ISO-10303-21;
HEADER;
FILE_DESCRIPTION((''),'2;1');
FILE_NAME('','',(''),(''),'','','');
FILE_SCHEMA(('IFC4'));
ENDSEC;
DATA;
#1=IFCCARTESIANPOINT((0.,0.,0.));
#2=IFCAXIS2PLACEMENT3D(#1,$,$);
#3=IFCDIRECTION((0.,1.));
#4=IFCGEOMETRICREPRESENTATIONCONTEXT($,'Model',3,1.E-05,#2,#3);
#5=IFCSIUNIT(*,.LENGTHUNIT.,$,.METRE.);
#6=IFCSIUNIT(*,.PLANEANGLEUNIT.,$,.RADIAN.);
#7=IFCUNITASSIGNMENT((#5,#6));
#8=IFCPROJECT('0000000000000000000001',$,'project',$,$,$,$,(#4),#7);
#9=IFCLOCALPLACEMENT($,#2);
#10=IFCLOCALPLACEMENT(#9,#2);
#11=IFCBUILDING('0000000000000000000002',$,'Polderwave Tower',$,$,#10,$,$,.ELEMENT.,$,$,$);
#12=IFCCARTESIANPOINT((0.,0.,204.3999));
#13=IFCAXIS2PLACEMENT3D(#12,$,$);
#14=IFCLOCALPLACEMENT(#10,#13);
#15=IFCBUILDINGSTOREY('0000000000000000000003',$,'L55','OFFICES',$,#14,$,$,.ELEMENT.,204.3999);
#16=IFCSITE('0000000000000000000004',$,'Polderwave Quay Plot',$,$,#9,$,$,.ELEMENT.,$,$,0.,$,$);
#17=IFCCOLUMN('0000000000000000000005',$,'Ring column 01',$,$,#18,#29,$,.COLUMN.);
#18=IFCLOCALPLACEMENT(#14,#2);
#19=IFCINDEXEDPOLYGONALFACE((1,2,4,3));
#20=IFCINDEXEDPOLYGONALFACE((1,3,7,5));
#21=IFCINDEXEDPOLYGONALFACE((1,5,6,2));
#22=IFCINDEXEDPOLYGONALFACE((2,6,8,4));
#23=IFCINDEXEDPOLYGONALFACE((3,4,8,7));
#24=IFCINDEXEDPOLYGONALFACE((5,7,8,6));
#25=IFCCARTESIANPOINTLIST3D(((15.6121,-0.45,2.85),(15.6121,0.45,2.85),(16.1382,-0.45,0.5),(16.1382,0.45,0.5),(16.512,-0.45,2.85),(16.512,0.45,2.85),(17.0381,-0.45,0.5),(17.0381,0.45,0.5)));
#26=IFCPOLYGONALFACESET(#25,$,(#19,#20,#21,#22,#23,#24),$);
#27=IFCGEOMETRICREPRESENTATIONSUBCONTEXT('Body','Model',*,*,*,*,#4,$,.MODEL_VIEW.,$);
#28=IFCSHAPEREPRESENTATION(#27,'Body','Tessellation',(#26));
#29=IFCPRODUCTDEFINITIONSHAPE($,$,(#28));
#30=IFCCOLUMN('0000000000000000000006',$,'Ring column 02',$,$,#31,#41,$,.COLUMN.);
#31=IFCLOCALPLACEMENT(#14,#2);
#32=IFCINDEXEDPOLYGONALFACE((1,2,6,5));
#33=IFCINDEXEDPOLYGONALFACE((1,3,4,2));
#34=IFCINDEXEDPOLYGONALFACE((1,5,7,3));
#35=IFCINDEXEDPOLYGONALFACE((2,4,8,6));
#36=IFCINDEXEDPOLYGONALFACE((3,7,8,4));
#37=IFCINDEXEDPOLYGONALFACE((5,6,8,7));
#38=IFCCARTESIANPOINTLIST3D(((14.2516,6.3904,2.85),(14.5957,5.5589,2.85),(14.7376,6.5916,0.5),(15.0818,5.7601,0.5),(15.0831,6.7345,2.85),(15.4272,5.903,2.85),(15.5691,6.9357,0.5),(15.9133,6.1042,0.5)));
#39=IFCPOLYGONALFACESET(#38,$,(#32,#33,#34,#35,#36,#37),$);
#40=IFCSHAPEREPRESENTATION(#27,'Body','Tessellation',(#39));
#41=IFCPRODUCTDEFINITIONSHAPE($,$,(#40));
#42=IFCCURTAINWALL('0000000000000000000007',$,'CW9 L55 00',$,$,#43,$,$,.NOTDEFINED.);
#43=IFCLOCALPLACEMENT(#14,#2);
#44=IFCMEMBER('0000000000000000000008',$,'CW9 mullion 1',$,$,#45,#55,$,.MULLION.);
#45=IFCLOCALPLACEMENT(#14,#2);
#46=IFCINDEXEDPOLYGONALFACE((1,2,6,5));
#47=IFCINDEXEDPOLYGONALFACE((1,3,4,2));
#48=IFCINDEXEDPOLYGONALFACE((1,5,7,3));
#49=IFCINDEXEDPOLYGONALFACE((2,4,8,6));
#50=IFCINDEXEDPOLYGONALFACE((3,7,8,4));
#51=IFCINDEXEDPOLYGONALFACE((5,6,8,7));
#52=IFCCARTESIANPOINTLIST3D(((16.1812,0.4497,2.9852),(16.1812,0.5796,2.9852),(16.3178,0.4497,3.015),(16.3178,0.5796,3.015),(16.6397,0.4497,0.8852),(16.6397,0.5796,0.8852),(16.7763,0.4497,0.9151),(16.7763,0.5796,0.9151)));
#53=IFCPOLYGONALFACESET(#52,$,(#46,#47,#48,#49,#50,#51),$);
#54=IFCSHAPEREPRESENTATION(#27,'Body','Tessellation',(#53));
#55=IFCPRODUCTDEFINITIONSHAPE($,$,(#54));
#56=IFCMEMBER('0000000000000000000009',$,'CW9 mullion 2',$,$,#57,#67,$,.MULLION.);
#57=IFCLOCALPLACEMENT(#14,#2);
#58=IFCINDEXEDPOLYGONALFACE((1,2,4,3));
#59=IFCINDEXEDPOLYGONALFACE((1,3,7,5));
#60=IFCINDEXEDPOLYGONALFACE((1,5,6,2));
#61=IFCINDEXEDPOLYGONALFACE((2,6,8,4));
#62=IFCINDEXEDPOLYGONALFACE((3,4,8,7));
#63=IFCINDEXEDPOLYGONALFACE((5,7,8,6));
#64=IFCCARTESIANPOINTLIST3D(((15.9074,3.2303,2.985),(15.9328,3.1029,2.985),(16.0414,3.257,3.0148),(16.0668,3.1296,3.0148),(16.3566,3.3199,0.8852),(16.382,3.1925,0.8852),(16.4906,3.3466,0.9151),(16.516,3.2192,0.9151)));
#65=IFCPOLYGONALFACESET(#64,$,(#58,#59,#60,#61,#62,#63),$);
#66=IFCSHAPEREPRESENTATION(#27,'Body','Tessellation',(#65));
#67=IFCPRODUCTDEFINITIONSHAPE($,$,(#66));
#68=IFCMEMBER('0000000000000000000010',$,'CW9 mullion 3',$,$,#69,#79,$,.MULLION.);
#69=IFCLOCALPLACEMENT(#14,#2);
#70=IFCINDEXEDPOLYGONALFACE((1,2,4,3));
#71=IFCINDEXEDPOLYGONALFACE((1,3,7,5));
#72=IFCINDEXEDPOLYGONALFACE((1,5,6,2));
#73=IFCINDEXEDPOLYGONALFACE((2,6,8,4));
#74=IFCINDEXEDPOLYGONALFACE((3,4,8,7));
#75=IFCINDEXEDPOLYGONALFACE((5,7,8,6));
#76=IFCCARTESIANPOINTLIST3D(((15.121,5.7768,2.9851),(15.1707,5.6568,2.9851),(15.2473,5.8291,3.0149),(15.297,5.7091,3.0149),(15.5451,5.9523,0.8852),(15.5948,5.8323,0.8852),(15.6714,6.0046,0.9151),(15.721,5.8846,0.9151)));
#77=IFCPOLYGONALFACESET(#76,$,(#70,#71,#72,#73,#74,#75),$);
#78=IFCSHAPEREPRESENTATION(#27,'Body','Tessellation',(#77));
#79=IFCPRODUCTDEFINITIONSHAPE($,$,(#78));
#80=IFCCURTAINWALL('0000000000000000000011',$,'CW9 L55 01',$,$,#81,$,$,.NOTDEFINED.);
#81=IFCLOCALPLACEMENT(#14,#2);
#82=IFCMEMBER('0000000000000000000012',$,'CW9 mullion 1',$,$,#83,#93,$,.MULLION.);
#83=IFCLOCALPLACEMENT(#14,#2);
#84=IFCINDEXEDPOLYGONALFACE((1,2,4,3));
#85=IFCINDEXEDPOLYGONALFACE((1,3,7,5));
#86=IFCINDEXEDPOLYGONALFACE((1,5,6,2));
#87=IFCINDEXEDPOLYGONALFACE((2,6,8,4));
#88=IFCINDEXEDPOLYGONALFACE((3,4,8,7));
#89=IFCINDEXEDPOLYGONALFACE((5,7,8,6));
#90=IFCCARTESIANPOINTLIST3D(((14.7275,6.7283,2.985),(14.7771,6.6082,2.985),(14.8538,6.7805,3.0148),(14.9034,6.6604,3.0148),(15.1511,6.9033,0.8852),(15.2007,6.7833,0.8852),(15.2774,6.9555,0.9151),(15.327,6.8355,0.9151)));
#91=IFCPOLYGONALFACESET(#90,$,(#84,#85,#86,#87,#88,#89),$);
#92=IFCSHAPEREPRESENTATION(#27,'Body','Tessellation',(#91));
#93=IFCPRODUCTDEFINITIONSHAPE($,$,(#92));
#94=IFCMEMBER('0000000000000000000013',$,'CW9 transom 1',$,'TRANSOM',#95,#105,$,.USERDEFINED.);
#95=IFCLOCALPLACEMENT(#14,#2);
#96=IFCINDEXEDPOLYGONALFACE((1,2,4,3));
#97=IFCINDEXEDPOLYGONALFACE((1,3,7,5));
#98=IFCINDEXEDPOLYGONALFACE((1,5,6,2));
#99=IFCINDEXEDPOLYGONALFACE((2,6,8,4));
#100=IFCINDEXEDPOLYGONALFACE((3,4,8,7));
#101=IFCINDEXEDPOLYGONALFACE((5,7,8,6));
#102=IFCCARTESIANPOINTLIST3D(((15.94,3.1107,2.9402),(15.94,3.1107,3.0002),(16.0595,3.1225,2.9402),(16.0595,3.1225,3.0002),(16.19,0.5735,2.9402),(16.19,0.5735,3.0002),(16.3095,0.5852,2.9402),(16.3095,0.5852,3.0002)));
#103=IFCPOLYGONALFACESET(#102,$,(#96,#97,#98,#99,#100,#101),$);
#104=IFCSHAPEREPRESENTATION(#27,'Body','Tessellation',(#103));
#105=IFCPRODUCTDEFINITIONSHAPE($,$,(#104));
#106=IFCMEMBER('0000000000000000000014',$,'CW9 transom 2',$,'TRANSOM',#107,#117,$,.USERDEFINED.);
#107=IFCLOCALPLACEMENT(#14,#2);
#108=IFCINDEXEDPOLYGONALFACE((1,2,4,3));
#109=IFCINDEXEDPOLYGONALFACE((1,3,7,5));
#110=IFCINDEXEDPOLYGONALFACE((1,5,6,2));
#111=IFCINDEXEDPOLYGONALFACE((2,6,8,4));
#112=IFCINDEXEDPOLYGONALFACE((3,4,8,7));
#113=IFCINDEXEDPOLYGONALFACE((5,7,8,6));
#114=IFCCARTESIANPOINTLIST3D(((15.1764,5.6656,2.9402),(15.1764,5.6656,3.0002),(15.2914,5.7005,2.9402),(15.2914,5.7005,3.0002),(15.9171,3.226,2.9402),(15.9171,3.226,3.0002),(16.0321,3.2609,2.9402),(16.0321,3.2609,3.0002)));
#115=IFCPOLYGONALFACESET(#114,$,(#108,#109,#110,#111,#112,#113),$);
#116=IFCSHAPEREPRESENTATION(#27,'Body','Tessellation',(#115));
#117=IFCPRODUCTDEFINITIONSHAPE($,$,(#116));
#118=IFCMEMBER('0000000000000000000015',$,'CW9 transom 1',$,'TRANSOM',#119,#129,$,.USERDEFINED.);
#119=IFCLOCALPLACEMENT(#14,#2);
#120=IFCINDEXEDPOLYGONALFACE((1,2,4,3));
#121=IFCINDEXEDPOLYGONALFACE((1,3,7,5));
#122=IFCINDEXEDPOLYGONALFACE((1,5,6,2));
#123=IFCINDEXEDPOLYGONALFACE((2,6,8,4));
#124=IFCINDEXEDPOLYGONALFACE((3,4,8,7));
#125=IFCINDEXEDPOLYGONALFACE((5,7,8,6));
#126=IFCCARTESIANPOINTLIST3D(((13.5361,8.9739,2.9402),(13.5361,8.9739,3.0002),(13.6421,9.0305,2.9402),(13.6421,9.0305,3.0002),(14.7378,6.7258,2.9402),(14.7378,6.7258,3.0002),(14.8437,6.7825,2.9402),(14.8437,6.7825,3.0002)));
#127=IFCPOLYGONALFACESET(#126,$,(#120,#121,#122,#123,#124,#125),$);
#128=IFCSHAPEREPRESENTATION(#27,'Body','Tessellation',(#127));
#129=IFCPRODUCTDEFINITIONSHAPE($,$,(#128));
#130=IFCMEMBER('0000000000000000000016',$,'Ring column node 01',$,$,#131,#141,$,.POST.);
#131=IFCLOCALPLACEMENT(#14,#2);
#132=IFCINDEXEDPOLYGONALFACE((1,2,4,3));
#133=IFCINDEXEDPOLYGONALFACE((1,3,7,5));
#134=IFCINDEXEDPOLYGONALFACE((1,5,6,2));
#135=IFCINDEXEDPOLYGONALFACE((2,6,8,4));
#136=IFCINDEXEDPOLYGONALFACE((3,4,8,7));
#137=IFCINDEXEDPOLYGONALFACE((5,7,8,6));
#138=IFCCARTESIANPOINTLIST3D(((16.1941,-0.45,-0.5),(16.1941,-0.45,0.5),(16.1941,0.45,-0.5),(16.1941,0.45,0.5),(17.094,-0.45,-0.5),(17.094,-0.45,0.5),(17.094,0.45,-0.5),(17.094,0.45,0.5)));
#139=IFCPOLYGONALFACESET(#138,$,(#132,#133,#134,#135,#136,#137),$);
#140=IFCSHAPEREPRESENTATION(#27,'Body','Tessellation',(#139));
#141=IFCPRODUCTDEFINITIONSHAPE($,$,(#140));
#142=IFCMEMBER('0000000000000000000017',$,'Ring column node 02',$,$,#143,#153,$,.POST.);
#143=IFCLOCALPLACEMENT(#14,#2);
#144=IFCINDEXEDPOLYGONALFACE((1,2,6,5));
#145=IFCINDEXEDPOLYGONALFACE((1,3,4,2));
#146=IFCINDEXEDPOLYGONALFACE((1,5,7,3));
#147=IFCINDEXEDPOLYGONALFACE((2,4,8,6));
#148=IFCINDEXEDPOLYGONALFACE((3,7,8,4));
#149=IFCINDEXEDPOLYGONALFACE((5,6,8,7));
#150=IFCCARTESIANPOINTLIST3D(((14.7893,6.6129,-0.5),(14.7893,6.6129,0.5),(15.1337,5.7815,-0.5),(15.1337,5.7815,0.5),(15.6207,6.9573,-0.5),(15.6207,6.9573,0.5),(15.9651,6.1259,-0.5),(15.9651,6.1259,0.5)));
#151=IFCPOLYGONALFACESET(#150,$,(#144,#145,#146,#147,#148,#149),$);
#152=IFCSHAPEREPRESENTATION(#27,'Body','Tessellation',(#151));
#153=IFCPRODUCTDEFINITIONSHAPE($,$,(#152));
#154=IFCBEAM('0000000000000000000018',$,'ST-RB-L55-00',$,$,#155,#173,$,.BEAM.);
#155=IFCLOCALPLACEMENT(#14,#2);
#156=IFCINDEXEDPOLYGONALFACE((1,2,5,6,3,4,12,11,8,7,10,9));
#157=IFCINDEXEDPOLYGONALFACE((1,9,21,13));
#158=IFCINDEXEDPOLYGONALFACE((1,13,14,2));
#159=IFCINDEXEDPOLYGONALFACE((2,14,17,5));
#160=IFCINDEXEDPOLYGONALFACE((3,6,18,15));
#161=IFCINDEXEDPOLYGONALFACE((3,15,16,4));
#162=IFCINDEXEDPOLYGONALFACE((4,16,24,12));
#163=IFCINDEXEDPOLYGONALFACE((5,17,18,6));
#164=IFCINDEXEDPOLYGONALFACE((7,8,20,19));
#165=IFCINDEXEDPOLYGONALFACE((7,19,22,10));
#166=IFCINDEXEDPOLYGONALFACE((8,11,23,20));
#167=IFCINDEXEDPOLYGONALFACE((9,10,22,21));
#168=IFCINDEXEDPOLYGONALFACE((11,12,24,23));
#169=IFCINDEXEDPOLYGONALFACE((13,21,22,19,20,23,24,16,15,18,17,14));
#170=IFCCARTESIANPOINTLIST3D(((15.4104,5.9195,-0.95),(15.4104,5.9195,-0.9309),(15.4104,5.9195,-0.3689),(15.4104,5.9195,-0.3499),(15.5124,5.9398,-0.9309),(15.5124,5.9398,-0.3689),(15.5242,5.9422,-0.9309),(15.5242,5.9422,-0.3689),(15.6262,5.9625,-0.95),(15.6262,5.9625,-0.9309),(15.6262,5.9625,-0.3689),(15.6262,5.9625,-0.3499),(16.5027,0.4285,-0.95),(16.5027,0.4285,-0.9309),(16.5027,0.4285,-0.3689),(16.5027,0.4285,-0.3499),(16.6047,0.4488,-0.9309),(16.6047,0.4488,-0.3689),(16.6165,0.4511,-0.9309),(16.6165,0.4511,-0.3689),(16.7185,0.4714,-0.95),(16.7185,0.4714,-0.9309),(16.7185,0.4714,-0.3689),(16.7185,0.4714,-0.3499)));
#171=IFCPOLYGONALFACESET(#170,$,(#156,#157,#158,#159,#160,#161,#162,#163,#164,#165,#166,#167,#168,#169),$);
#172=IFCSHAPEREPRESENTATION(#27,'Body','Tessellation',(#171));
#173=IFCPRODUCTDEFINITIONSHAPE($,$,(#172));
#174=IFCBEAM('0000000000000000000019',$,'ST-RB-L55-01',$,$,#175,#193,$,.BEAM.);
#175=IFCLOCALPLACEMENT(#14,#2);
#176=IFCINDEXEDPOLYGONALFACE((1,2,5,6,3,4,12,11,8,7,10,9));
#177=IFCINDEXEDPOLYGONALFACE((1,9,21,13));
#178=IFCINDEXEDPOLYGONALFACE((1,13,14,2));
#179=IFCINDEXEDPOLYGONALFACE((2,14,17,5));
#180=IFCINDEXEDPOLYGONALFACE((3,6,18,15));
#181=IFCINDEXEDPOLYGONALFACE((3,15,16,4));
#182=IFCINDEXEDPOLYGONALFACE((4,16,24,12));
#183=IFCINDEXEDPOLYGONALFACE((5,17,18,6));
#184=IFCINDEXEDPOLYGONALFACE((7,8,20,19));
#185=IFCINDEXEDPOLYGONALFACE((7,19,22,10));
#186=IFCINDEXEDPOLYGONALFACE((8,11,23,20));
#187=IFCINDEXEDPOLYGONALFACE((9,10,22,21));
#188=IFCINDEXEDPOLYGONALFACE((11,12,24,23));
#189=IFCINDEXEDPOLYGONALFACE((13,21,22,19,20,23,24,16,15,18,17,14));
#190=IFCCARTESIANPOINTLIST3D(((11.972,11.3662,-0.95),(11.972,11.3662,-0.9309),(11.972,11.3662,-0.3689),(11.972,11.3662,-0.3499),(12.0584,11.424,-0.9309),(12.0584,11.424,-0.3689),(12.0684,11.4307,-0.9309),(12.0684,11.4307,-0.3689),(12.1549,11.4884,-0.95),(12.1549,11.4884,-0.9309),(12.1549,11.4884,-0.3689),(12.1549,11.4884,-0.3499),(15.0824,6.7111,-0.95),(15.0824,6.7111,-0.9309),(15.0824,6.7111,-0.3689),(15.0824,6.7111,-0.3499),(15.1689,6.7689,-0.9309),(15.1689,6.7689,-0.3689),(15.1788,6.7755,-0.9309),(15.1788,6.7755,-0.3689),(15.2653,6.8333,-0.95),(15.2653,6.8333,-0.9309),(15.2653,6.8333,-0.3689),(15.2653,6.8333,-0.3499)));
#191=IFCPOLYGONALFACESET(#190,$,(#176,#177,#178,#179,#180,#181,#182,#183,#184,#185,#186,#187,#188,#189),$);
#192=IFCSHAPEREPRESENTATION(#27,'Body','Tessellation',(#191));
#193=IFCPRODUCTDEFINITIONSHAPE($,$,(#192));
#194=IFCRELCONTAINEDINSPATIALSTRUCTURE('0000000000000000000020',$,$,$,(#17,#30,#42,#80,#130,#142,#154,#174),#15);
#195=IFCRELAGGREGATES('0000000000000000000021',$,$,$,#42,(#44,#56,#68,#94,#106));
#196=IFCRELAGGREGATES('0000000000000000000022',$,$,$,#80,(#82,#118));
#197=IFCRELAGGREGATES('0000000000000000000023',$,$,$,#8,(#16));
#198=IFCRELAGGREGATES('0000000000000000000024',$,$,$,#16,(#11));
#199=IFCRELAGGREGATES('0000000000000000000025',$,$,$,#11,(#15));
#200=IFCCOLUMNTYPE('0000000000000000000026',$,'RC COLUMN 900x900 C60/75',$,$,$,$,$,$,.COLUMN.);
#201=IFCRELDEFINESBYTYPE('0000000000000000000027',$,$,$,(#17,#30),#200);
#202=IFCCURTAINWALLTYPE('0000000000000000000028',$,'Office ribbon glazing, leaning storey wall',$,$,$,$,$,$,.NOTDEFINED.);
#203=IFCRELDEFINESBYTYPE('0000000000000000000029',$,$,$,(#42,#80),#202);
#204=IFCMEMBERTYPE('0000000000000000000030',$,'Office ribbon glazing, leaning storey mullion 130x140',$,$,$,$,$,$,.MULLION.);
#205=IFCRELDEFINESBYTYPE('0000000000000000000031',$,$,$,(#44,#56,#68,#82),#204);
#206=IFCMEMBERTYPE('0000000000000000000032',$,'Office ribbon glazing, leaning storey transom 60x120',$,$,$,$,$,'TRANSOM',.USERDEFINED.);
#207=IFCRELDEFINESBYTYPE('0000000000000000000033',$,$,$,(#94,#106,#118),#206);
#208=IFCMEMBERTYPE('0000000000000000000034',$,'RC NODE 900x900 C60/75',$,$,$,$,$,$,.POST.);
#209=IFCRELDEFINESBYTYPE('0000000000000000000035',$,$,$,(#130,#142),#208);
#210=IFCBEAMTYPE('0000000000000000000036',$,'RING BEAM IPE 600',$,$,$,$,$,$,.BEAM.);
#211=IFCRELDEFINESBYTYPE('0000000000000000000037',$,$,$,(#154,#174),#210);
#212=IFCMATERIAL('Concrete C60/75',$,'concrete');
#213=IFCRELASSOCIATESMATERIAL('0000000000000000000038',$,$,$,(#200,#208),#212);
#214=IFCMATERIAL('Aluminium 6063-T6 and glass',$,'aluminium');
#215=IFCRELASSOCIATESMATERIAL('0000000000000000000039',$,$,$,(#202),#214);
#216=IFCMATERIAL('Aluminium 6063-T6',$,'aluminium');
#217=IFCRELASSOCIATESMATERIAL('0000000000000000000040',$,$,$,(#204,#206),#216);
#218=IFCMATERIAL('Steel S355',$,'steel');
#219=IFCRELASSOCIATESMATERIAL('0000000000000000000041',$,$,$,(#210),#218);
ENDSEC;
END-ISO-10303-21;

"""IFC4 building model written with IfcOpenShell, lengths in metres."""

from ifc_helpers import new_model, si_unit, direction, frame, origin, origin_2d, place, context, subcontext, project, spatial, rectangle, i_section, extrude, material, material_profile, profile_set, type_object, element, aggregate, save


model = new_model("IFC4")

# Units and contexts
model_context = context("Model", 3, precision=1e-05, world=origin(), true_north=direction((0.0, 1.0)))
body_context = subcontext(model_context, "Body", "Model", "MODEL_VIEW")
ifc_project = project(units=[si_unit("LENGTHUNIT", "METRE"), si_unit("PLANEANGLEUNIT", "RADIAN")], contexts=[model_context])

# Site, building, storey
site_placement = place(None, origin())
site = spatial("IfcSite", under=ifc_project, at=site_placement, Name="Polderwave Quay Plot", CompositionType="ELEMENT", RefElevation=0.0)
building_placement = place(site_placement, origin())
building = spatial("IfcBuilding", under=site, at=building_placement, Name="Polderwave Tower", CompositionType="ELEMENT")
storey_placement = place(building_placement, frame((0.0, 0.0, 204.3999)))
storey = spatial("IfcBuildingStorey", under=building, at=storey_placement, Name="L55", Description="OFFICES", CompositionType="ELEMENT", Elevation=204.3999)

# Columns
ifc_material_1 = material(Name="Concrete C60/75", Category="concrete")
ifc_material_profile_1 = material_profile(ifc_material_1, rectangle(XDim=0.8999, YDim=0.8999, at=origin_2d()), Name="RC 900x900")
ifc_profile_set_1 = profile_set([ifc_material_profile_1], Name="Concrete C60/75")
column_type = type_object("IfcColumnType", Name="RC COLUMN 900x900 C60/75", PredefinedType="COLUMN", material=ifc_profile_set_1)
column_1_placement = place(storey_placement, frame((16.5881, 0.0, 0.5), z_axis=(0.0, 0.0, 1.0), x_axis=(0.0, -1.0, 0.0)))
element("IfcColumn", 1, at=column_1_placement, inside=storey, type_object=column_type, Name="Ring column 01", PredefinedType="COLUMN", context=body_context, shape_type="SweptSolid", body=[
    extrude(rectangle(XDim=0.8999, YDim=0.8999, at=origin_2d()), origin(), (0.0, -0.218465, 0.975845), 2.4082),
])
column_2_placement = place(storey_placement, frame((15.3254, 6.3479, 0.5), z_axis=(0.0, 0.0, 1.0), x_axis=(0.382406, -0.923994, 0.0)))
element("IfcColumn", 2, at=column_2_placement, inside=storey, type_object=column_type, Name="Ring column 02", PredefinedType="COLUMN", context=body_context, shape_type="SweptSolid", body=[
    extrude(rectangle(XDim=0.8999, YDim=0.8999, at=origin_2d()), origin(), (0.0, -0.218443, 0.97585), 2.4082),
])

# Curtain wall, members
ifc_material_2 = material(Name="Aluminium 6063-T6 and glass", Category="aluminium")
curtain_wall_type = type_object("IfcCurtainWallType", Name="Office ribbon glazing, leaning storey wall", PredefinedType="NOTDEFINED", material=ifc_material_2)
curtain_wall_1_placement = place(storey_placement, origin())
curtain_wall_1 = element("IfcCurtainWall", 3, at=curtain_wall_1_placement, inside=storey, type_object=curtain_wall_type, Name="CW9 L55 00", PredefinedType="NOTDEFINED")
ifc_material_3 = material(Name="Aluminium 6063-T6", Category="aluminium")
ifc_material_profile_2 = material_profile(ifc_material_3, rectangle(XDim=0.1299, YDim=0.1399, at=origin_2d()), Name="AL 130x140")
ifc_profile_set_2 = profile_set([ifc_material_profile_2], Name="Aluminium 6063-T6")
member_type_1 = type_object("IfcMemberType", Name="Office ribbon glazing, leaning storey mullion 130x140", PredefinedType="MULLION", material=ifc_profile_set_2)
member_1_placement = place(storey_placement, frame((16.708, 0.5146, 0.9001), z_axis=(-0.213321, 0.0, 0.976982), x_axis=(0.0, -1.0, 0.0)))
member_1 = element("IfcMember", 4, at=member_1_placement, type_object=member_type_1, Name="CW9 mullion 1", PredefinedType="MULLION", context=body_context, shape_type="SweptSolid", body=[
    extrude(rectangle(XDim=0.1299, YDim=0.1399, at=origin_2d()), origin(), (0.0, 0.0, 1.0), 2.1494),
])
member_2_placement = place(storey_placement, frame((16.4363, 3.2695, 0.9001), z_axis=(-0.209013, -0.041689, 0.977024), x_axis=(0.195604, -0.980683, 0.0)))
member_2 = element("IfcMember", 5, at=member_2_placement, type_object=member_type_1, Name="CW9 mullion 2", PredefinedType="MULLION", context=body_context, shape_type="SweptSolid", body=[
    extrude(rectangle(XDim=0.1299, YDim=0.1399, at=origin_2d()), origin(), (0.0, 0.0, 1.0), 2.1492),
])
member_3_placement = place(storey_placement, frame((15.6331, 5.9185, 0.9001), z_axis=(-0.197296, -0.081667, 0.976937), x_axis=(0.382461, -0.923971, 0.0)))
member_3 = element("IfcMember", 6, at=member_3_placement, type_object=member_type_1, Name="CW9 mullion 3", PredefinedType="MULLION", context=body_context, shape_type="SweptSolid", body=[
    extrude(rectangle(XDim=0.1299, YDim=0.1399, at=origin_2d()), origin(), (0.0, 0.0, 1.0), 2.1494),
])

# Curtain wall, member
curtain_wall_2_placement = place(storey_placement, origin())
curtain_wall_2 = element("IfcCurtainWall", 7, at=curtain_wall_2_placement, inside=storey, type_object=curtain_wall_type, Name="CW9 L55 01", PredefinedType="NOTDEFINED")
member_4_placement = place(storey_placement, frame((15.239, 6.8694, 0.9001), z_axis=(-0.197081, -0.081445, 0.976998), x_axis=(0.381928, -0.924192, 0.0)))
member_4 = element("IfcMember", 8, at=member_4_placement, type_object=member_type_1, Name="CW9 mullion 1", PredefinedType="MULLION", context=body_context, shape_type="SweptSolid", body=[
    extrude(rectangle(XDim=0.1299, YDim=0.1399, at=origin_2d()), origin(), (0.0, 0.0, 1.0), 2.1492),
])

# Members
ifc_material_profile_3 = material_profile(ifc_material_3, rectangle(XDim=0.1201, YDim=0.0601, at=origin_2d()), Name="AL 60x120")
ifc_profile_set_3 = profile_set([ifc_material_profile_3], Name="Aluminium 6063-T6")
member_type_2 = type_object("IfcMemberType", Name="Office ribbon glazing, leaning storey transom 60x120", ElementType="TRANSOM", PredefinedType="USERDEFINED", material=ifc_profile_set_3)
member_5_placement = place(storey_placement, frame((16.2498, 0.5793, 2.9702), z_axis=(-0.098053, 0.995181, 0.0), x_axis=(-0.995181, -0.098053, 0.0)))
member_5 = element("IfcMember", 9, at=member_5_placement, type_object=member_type_2, Name="CW9 transom 1", ObjectType="TRANSOM", PredefinedType="USERDEFINED", context=body_context, shape_type="SweptSolid", body=[
    extrude(rectangle(XDim=0.1201, YDim=0.0601, at=origin_2d()), origin(), (0.0, 0.0, 1.0), 2.5496),
])
member_6_placement = place(storey_placement, frame((15.9746, 3.2434, 2.9702), z_axis=(-0.290518, 0.95687, 0.0), x_axis=(-0.95687, -0.290518, 0.0)))
member_6 = element("IfcMember", 10, at=member_6_placement, type_object=member_type_2, Name="CW9 transom 2", ObjectType="TRANSOM", PredefinedType="USERDEFINED", context=body_context, shape_type="SweptSolid", body=[
    extrude(rectangle(XDim=0.1201, YDim=0.0601, at=origin_2d()), origin(), (0.0, 0.0, 1.0), 2.5496),
])
member_7_placement = place(storey_placement, frame((14.7908, 6.7542, 2.9702), z_axis=(-0.471413, 0.881912, 0.0), x_axis=(-0.881912, -0.471413, 0.0)))
member_7 = element("IfcMember", 11, at=member_7_placement, type_object=member_type_2, Name="CW9 transom 1", ObjectType="TRANSOM", PredefinedType="USERDEFINED", context=body_context, shape_type="SweptSolid", body=[
    extrude(rectangle(XDim=0.1201, YDim=0.0601, at=origin_2d()), origin(), (0.0, 0.0, 1.0), 2.5491),
])

# Members
ifc_material_profile_4 = material_profile(ifc_material_1, rectangle(XDim=0.8999, YDim=0.8999, at=origin_2d()), Name="RC 900x900")
ifc_profile_set_4 = profile_set([ifc_material_profile_4], Name="Concrete C60/75")
member_type_3 = type_object("IfcMemberType", Name="RC NODE 900x900 C60/75", PredefinedType="POST", material=ifc_profile_set_4)
for number, where, z_axis, x_axis, name in (
    (12, (16.644, 0.0, -0.5), (0.0, 0.0, 1.0), (1.0, 0.0, 0.0), "Ring column node 01"),
    (13, (15.3772, 6.3694, -0.5), (0.0, 0.0, 1.0), (0.92388, 0.382683, 0.0), "Ring column node 02"),
):
    element("IfcMember", number, at=place(storey_placement, frame(where, z_axis=z_axis, x_axis=x_axis)), inside=storey, type_object=member_type_3, Name=name, PredefinedType="POST", context=body_context, shape_type="SweptSolid", body=[
        extrude(rectangle(XDim=0.8999, YDim=0.8999, at=origin_2d()), origin(), (0.0, 0.0, 1.0), 1.0),
    ])

# Beams
ifc_material_4 = material(Name="Steel S355", Category="steel")
ifc_material_profile_5 = material_profile(ifc_material_4, i_section(OverallWidth=0.22, OverallDepth=0.6001, WebThickness=0.012, FlangeThickness=0.019, at=origin_2d()), Name="IPE 600")
ifc_profile_set_5 = profile_set([ifc_material_profile_5], Name="Steel S355")
beam_type = type_object("IfcBeamType", Name="RING BEAM IPE 600", PredefinedType="BEAM", material=ifc_profile_set_5)
for number, where, z_axis, x_axis, name in (
    (14, (16.6106, 0.45, -0.6499), (-0.195101, 0.980783, 0.0), (-0.980783, -0.195101, 0.0), "ST-RB-L55-00"),
    (15, (15.1738, 6.7722, -0.6499), (-0.555565, 0.831473, 0.0), (-0.831473, -0.555565, 0.0), "ST-RB-L55-01"),
):
    element("IfcBeam", number, at=place(storey_placement, frame(where, z_axis=z_axis, x_axis=x_axis)), inside=storey, type_object=beam_type, Name=name, PredefinedType="BEAM", context=body_context, shape_type="SweptSolid", body=[
        extrude(i_section(OverallWidth=0.22, OverallDepth=0.6001, WebThickness=0.012, FlangeThickness=0.019, at=origin_2d()), origin(), (0.0, 0.0, 1.0), 5.5986),
    ])

aggregate(curtain_wall_1, [member_1, member_2, member_3, member_5, member_6])
aggregate(curtain_wall_2, [member_4, member_7])

save(model, "model.ifc")
